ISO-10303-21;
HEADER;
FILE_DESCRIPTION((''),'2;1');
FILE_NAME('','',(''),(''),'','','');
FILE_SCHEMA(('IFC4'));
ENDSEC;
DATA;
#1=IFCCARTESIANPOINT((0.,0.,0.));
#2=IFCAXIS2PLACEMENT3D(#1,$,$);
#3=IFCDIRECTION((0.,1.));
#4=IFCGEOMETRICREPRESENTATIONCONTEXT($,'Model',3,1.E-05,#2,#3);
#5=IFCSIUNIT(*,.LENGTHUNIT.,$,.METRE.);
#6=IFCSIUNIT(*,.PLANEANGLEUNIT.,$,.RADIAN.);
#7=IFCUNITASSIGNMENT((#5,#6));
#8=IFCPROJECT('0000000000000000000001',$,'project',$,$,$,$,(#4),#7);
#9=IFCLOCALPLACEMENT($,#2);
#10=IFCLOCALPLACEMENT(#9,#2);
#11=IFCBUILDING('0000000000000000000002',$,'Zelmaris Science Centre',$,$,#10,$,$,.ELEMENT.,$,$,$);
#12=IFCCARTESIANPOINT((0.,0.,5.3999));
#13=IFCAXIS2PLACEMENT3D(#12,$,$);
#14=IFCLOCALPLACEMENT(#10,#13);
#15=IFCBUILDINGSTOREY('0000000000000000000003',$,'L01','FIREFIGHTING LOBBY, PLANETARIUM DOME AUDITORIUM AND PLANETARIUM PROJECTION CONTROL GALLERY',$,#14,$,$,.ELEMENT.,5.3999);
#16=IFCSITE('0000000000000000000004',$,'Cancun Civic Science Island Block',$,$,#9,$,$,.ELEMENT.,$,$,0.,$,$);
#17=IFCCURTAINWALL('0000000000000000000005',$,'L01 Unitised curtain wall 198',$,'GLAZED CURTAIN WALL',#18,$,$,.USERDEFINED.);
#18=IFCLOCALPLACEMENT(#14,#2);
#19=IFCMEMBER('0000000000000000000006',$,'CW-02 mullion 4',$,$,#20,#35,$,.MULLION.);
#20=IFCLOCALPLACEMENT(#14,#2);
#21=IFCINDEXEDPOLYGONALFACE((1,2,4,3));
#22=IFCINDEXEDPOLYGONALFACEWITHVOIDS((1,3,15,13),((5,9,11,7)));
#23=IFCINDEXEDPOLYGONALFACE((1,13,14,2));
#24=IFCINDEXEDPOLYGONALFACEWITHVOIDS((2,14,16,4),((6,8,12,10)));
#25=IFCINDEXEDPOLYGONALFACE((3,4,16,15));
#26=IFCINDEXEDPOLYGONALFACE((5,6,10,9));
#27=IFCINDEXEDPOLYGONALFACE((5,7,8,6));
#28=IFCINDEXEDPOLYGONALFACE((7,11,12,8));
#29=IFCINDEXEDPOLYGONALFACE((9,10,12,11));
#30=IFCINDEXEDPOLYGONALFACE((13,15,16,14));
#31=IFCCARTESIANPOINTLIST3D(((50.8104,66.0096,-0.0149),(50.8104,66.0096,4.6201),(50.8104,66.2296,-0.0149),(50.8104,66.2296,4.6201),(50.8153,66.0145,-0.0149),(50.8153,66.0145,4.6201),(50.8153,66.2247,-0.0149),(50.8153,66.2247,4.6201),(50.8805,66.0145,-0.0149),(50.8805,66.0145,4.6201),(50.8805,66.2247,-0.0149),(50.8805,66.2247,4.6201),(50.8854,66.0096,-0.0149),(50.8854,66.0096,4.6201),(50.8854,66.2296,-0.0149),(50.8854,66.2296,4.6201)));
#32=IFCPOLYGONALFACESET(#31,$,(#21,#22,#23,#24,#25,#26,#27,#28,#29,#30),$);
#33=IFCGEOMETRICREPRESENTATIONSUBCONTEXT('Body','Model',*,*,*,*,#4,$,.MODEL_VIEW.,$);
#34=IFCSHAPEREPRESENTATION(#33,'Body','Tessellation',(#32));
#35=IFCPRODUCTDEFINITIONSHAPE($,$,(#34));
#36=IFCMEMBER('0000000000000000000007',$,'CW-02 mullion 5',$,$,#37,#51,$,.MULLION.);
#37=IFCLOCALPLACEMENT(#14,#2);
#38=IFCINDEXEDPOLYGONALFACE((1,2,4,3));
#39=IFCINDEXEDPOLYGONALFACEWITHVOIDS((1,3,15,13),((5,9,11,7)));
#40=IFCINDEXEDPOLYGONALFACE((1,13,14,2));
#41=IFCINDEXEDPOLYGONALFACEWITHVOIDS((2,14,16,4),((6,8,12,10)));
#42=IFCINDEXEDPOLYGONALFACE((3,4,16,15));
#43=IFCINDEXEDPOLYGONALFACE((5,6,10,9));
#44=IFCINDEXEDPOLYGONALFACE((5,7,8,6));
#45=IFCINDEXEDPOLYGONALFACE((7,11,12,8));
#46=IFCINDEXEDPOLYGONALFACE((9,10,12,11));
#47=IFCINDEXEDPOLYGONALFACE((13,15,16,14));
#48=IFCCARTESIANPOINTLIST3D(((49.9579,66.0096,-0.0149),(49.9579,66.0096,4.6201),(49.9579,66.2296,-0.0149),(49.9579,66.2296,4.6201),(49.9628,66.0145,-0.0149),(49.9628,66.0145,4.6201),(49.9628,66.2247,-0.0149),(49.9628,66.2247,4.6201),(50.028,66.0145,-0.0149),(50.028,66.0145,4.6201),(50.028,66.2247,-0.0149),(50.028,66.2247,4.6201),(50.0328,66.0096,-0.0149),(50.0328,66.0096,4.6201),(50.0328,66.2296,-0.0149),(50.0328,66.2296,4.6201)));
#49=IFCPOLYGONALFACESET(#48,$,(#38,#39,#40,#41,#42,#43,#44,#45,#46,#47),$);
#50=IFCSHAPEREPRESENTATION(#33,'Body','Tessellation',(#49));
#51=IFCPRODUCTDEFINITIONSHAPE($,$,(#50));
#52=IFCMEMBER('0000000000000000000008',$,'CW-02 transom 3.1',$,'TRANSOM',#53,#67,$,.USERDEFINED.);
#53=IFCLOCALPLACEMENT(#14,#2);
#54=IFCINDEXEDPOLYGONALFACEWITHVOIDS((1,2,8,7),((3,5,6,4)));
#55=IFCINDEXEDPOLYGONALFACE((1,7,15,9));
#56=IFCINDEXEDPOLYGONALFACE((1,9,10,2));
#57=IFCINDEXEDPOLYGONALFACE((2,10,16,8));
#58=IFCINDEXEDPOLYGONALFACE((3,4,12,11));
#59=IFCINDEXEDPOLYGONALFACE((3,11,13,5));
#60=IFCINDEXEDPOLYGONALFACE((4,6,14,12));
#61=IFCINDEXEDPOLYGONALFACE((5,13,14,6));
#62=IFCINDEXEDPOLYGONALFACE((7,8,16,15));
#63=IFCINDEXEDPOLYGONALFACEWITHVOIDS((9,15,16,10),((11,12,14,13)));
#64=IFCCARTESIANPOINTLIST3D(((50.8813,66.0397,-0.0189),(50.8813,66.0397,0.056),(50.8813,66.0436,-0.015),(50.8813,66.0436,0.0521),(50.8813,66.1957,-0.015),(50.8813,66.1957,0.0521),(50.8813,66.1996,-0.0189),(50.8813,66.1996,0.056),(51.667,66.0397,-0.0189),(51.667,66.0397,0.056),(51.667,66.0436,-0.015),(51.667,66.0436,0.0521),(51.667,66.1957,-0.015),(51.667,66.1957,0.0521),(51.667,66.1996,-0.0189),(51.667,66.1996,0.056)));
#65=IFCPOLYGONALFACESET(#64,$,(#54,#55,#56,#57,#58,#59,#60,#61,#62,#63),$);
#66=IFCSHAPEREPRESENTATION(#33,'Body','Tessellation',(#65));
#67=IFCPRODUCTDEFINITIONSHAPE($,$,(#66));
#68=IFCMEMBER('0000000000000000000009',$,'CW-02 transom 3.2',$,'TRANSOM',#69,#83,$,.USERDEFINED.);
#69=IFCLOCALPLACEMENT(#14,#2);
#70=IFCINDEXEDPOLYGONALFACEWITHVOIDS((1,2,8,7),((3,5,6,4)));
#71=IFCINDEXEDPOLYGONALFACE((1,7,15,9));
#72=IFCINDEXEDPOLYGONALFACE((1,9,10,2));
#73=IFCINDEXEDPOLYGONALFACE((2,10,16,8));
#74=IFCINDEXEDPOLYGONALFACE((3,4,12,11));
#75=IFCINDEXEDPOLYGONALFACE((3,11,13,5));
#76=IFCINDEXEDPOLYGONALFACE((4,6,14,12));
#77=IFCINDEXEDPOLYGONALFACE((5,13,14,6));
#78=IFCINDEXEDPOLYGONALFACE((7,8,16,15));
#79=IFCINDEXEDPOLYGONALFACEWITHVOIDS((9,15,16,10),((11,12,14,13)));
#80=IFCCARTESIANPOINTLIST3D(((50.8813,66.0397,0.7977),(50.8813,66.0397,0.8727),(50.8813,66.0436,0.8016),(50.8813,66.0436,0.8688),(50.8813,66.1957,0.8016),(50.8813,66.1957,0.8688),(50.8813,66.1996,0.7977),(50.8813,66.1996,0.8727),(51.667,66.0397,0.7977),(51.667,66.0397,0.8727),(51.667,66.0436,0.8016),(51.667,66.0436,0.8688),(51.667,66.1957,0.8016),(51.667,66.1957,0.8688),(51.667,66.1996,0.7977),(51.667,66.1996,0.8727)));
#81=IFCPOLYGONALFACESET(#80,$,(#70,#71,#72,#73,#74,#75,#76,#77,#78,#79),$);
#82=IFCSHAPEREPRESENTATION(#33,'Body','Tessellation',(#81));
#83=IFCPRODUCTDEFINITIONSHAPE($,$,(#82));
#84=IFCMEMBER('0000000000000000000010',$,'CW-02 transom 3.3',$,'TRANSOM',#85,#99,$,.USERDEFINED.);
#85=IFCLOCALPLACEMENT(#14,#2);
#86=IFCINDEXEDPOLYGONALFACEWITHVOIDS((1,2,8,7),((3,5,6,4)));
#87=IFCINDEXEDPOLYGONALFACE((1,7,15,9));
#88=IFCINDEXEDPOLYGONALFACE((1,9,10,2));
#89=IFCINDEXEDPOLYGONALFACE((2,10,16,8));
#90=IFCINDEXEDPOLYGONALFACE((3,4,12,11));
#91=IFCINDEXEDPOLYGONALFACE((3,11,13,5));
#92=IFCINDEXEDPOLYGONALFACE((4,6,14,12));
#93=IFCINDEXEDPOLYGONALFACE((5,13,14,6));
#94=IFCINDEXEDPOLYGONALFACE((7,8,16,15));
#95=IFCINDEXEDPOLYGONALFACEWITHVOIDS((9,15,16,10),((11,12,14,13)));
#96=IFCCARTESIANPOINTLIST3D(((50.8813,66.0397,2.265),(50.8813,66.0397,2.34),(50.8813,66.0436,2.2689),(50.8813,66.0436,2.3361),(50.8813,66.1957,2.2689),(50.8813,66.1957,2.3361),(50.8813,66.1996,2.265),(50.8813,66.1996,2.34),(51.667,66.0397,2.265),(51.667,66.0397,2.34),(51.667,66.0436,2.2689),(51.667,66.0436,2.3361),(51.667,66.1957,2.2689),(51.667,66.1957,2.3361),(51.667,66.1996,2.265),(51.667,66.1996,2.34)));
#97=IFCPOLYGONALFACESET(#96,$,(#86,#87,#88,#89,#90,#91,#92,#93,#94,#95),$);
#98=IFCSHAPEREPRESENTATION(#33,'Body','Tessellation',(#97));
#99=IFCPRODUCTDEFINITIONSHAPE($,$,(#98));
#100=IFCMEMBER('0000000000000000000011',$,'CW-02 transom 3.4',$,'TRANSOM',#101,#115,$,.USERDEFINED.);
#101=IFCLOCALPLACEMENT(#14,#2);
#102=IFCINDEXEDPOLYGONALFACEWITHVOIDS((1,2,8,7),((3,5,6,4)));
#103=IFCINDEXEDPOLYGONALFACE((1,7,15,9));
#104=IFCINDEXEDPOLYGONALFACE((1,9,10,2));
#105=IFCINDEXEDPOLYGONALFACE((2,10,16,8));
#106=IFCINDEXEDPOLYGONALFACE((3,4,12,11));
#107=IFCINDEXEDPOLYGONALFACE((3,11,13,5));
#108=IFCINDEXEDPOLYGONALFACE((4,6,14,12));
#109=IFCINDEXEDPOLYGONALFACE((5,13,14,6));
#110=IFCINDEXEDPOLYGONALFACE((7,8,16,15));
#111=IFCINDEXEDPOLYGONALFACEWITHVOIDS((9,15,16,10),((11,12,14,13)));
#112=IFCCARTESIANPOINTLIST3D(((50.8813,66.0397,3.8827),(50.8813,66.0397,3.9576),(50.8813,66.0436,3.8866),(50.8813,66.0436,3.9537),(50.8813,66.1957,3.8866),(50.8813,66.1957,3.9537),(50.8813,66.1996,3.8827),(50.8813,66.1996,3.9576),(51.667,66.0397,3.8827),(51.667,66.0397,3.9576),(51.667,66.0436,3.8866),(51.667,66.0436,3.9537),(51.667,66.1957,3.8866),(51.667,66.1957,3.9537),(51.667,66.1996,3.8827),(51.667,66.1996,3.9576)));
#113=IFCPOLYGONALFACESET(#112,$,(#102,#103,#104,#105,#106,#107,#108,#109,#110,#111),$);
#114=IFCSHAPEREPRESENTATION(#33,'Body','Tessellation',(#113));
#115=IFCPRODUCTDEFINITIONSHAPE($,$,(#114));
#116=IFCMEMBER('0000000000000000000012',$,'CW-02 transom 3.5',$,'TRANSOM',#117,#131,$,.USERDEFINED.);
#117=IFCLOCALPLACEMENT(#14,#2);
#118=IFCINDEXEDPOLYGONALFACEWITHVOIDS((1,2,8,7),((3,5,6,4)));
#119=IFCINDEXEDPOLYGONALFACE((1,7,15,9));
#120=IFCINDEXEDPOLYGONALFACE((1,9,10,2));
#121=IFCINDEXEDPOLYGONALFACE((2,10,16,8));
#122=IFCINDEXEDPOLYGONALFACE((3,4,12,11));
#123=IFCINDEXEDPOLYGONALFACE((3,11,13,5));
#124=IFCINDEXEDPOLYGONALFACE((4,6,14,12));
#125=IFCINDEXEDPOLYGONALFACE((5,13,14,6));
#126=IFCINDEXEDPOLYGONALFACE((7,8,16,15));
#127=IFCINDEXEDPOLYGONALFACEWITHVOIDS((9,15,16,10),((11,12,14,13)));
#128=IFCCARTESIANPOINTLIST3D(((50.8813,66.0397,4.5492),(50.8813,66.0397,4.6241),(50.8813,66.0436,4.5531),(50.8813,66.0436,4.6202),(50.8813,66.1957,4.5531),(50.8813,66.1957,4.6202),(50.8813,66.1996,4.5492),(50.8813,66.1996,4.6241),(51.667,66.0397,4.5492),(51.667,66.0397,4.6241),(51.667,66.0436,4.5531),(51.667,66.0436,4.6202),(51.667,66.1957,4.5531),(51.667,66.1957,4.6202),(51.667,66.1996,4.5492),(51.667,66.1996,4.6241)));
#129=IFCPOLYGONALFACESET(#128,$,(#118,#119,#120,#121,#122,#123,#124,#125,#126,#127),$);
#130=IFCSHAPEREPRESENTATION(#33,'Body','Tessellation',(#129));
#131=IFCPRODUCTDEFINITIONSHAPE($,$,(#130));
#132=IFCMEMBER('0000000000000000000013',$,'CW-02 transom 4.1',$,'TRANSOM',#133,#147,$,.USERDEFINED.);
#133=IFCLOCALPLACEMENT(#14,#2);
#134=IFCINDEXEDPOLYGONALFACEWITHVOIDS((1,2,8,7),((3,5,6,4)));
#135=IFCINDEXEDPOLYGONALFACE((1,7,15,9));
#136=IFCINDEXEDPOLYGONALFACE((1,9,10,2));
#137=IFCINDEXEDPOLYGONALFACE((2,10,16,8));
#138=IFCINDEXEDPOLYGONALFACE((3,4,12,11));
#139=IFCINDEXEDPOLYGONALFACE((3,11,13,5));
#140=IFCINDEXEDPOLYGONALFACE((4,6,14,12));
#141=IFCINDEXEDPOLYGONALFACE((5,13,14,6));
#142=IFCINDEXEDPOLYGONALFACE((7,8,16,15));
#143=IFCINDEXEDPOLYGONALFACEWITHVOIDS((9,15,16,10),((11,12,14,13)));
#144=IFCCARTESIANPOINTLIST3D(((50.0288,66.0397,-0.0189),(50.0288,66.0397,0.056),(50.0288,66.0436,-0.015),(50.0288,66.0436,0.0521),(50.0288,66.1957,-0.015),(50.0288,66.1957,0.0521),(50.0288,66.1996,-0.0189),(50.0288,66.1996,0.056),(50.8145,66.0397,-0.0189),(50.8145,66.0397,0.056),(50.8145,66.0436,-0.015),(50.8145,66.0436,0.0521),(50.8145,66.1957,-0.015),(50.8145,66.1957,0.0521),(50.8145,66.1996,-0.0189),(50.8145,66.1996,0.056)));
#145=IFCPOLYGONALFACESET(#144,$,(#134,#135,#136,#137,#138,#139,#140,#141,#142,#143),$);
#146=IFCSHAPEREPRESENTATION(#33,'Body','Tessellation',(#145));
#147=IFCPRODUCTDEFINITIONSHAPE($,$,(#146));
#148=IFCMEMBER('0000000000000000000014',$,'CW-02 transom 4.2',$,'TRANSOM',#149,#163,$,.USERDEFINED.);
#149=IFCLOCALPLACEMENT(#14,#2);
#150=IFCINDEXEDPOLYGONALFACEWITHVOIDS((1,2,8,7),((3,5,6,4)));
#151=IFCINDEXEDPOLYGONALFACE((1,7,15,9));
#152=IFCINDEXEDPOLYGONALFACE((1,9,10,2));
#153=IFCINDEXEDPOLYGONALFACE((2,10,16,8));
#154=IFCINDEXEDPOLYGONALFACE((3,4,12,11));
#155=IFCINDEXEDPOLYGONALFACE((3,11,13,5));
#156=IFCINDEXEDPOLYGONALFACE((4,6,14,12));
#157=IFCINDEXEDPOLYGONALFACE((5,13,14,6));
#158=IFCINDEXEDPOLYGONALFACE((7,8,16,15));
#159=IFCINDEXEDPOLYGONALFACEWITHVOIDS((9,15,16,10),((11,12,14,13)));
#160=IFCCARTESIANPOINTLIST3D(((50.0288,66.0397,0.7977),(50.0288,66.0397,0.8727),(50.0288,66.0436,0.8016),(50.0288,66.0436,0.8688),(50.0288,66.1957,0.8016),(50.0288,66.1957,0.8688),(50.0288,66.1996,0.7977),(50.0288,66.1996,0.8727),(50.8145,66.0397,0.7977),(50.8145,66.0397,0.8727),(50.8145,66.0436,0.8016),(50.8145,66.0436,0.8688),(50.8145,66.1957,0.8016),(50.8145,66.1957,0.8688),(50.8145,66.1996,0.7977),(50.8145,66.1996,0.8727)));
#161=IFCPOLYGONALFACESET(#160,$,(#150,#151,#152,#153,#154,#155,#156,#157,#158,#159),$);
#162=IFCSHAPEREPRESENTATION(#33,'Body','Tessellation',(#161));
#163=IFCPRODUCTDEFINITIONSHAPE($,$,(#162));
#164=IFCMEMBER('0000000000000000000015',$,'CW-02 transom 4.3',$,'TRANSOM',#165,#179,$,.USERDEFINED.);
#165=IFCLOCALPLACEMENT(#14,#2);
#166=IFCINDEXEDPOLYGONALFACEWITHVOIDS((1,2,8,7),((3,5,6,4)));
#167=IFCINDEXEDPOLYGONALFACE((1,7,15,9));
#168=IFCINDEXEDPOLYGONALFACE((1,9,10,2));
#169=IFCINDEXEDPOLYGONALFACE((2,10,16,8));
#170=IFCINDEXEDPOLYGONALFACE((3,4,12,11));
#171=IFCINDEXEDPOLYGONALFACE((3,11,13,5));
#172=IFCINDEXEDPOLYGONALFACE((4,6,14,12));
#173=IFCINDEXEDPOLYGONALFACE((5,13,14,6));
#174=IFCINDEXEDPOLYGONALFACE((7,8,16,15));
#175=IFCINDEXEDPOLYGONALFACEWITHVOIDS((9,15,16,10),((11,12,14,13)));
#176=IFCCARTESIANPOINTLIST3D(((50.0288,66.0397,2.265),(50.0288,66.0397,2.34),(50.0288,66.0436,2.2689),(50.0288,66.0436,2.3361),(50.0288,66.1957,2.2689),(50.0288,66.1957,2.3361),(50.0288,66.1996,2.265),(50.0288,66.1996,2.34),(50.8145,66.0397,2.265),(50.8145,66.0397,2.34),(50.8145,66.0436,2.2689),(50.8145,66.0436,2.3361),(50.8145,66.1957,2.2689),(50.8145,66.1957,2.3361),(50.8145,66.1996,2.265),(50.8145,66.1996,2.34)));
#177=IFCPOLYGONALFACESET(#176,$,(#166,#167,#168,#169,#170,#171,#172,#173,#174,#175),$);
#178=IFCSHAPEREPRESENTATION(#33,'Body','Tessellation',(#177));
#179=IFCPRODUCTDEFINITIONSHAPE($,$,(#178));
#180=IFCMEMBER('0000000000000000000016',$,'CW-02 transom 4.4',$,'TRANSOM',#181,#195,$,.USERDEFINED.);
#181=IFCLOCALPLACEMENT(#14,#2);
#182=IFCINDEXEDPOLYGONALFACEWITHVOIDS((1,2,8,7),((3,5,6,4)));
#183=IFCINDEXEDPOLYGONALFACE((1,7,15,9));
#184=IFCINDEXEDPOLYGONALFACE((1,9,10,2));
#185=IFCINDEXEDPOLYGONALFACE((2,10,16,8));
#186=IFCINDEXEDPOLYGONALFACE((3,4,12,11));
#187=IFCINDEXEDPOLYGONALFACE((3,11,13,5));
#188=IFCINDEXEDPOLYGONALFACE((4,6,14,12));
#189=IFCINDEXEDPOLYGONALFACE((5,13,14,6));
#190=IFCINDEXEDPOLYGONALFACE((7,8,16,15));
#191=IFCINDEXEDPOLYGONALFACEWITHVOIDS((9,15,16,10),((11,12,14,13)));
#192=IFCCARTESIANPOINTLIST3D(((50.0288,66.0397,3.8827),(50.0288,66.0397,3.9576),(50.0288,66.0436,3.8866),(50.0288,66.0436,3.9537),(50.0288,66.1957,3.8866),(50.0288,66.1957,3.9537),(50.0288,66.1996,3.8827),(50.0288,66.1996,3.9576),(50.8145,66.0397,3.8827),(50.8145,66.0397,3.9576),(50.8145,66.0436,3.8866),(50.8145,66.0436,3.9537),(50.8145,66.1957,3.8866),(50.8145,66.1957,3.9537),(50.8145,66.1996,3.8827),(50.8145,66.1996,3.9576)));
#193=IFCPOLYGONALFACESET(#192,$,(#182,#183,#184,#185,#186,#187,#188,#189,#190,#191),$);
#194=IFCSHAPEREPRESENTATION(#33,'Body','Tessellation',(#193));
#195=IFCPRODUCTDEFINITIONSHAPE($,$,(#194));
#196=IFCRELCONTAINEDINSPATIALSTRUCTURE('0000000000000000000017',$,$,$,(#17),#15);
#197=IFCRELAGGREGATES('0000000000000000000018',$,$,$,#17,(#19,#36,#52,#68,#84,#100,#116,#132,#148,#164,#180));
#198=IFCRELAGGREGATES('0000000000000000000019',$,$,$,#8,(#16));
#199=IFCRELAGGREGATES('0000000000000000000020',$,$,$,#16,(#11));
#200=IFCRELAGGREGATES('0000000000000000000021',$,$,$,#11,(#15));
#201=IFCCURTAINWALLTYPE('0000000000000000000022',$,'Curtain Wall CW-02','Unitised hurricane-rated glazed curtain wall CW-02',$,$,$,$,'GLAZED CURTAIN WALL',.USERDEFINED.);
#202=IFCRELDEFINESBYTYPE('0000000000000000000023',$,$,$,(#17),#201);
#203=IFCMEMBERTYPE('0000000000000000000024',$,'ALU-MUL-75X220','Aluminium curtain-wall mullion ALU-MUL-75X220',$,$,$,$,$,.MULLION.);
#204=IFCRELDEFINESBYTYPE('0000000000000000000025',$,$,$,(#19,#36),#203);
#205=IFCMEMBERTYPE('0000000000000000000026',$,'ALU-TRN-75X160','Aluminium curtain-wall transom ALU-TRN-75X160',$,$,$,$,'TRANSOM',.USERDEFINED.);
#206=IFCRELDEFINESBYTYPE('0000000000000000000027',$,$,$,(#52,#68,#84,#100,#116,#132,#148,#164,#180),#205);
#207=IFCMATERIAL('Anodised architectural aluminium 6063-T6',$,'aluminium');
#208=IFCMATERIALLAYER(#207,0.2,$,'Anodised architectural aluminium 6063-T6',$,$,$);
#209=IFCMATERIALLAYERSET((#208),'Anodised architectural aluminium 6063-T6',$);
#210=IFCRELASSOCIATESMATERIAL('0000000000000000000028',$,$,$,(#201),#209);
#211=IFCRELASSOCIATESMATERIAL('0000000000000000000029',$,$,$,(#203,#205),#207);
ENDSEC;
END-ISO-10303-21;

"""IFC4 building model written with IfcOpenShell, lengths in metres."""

from ifc_helpers import new_model, si_unit, direction, frame, origin, origin_2d, place, context, subcontext, project, spatial, hollow_rectangle, extrude, material, layer, layer_set, material_profile, profile_set, type_object, element, aggregate, save


model = new_model("IFC4")

# Units and contexts
model_context = context("Model", 3, precision=1e-05, world=origin(), true_north=direction((0.0, 1.0)))
body_context = subcontext(model_context, "Body", "Model", "MODEL_VIEW")
ifc_project = project(units=[si_unit("LENGTHUNIT", "METRE"), si_unit("PLANEANGLEUNIT", "RADIAN")], contexts=[model_context])

# Site, building, storey
site_placement = place(None, origin())
site = spatial("IfcSite", under=ifc_project, at=site_placement, Name="Cancun Civic Science Island Block", CompositionType="ELEMENT", RefElevation=0.0)
building_placement = place(site_placement, origin())
building = spatial("IfcBuilding", under=site, at=building_placement, Name="Zelmaris Science Centre", CompositionType="ELEMENT")
storey_placement = place(building_placement, frame((0.0, 0.0, 5.3999)))
storey = spatial("IfcBuildingStorey", under=building, at=storey_placement, Name="L01", Description="FIREFIGHTING LOBBY, PLANETARIUM DOME AUDITORIUM AND PLANETARIUM PROJECTION CONTROL GALLERY", CompositionType="ELEMENT", Elevation=5.3999)

# Curtain wall, members
ifc_material_1 = material(Name="Anodised architectural aluminium 6063-T6", Category="aluminium")
ifc_layer_1 = layer(ifc_material_1, 0.2, Name="Anodised architectural aluminium 6063-T6")
ifc_layer_set_1 = layer_set([ifc_layer_1], Name="Anodised architectural aluminium 6063-T6")
curtain_wall_type = type_object("IfcCurtainWallType", Name="Curtain Wall CW-02", Description="Unitised hurricane-rated glazed curtain wall CW-02", ElementType="GLAZED CURTAIN WALL", PredefinedType="USERDEFINED", material=ifc_layer_set_1)
curtain_wall_placement = place(storey_placement, origin())
curtain_wall = element("IfcCurtainWall", 1, at=curtain_wall_placement, inside=storey, type_object=curtain_wall_type, Name="L01 Unitised curtain wall 198", ObjectType="GLAZED CURTAIN WALL", PredefinedType="USERDEFINED")
ifc_material_profile_1 = material_profile(ifc_material_1, hollow_rectangle(XDim=0.075, YDim=0.22, WallThickness=0.0049, at=origin_2d()), Name="ALU-MUL-75X220")
ifc_profile_set_1 = profile_set([ifc_material_profile_1], Name="Anodised architectural aluminium 6063-T6")
member_type_1 = type_object("IfcMemberType", Name="ALU-MUL-75X220", Description="Aluminium curtain-wall mullion ALU-MUL-75X220", PredefinedType="MULLION", material=ifc_profile_set_1)
member_1_placement = place(storey_placement, frame((50.8479, 66.1196, -0.0149), z_axis=(0.0, 0.0, 1.0), x_axis=(-1.0, 0.0, 0.0)))
member_1 = element("IfcMember", 2, at=member_1_placement, type_object=member_type_1, Name="CW-02 mullion 4", PredefinedType="MULLION", context=body_context, shape_type="SweptSolid", body=[
    extrude(hollow_rectangle(XDim=0.075, YDim=0.22, WallThickness=0.0049, at=origin_2d()), origin(), (0.0, 0.0, 1.0), 4.635),
])
member_2_placement = place(storey_placement, frame((49.9954, 66.1196, -0.0149), z_axis=(0.0, 0.0, 1.0), x_axis=(-1.0, 0.0, 0.0)))
member_2 = element("IfcMember", 3, at=member_2_placement, type_object=member_type_1, Name="CW-02 mullion 5", PredefinedType="MULLION", context=body_context, shape_type="SweptSolid", body=[
    extrude(hollow_rectangle(XDim=0.075, YDim=0.22, WallThickness=0.0049, at=origin_2d()), origin(), (0.0, 0.0, 1.0), 4.635),
])
ifc_material_profile_2 = material_profile(ifc_material_1, hollow_rectangle(XDim=0.075, YDim=0.1599, WallThickness=0.0039, at=origin_2d()), Name="ALU-TRN-75X160")
ifc_profile_set_2 = profile_set([ifc_material_profile_2], Name="Anodised architectural aluminium 6063-T6")
member_type_2 = type_object("IfcMemberType", Name="ALU-TRN-75X160", Description="Aluminium curtain-wall transom ALU-TRN-75X160", ElementType="TRANSOM", PredefinedType="USERDEFINED", material=ifc_profile_set_2)
member_3_placement = place(storey_placement, frame((51.667, 66.1196, 0.0186), z_axis=(-1.0, 0.0, 0.0), x_axis=(0.0, 0.0, 1.0)))
member_3 = element("IfcMember", 4, at=member_3_placement, type_object=member_type_2, Name="CW-02 transom 3.1", ObjectType="TRANSOM", PredefinedType="USERDEFINED", context=body_context, shape_type="SweptSolid", body=[
    extrude(hollow_rectangle(XDim=0.075, YDim=0.1599, WallThickness=0.0039, at=origin_2d()), origin(), (0.0, 0.0, 1.0), 0.7856),
])
member_4_placement = place(storey_placement, frame((51.667, 66.1196, 0.8352), z_axis=(-1.0, 0.0, 0.0), x_axis=(0.0, 0.0, 1.0)))
member_4 = element("IfcMember", 5, at=member_4_placement, type_object=member_type_2, Name="CW-02 transom 3.2", ObjectType="TRANSOM", PredefinedType="USERDEFINED", context=body_context, shape_type="SweptSolid", body=[
    extrude(hollow_rectangle(XDim=0.075, YDim=0.1599, WallThickness=0.0039, at=origin_2d()), origin(), (0.0, 0.0, 1.0), 0.7856),
])
member_5_placement = place(storey_placement, frame((51.667, 66.1196, 2.3025), z_axis=(-1.0, 0.0, 0.0), x_axis=(0.0, 0.0, 1.0)))
member_5 = element("IfcMember", 6, at=member_5_placement, type_object=member_type_2, Name="CW-02 transom 3.3", ObjectType="TRANSOM", PredefinedType="USERDEFINED", context=body_context, shape_type="SweptSolid", body=[
    extrude(hollow_rectangle(XDim=0.075, YDim=0.1599, WallThickness=0.0039, at=origin_2d()), origin(), (0.0, 0.0, 1.0), 0.7856),
])
member_6_placement = place(storey_placement, frame((51.667, 66.1196, 3.9202), z_axis=(-1.0, 0.0, 0.0), x_axis=(0.0, 0.0, 1.0)))
member_6 = element("IfcMember", 7, at=member_6_placement, type_object=member_type_2, Name="CW-02 transom 3.4", ObjectType="TRANSOM", PredefinedType="USERDEFINED", context=body_context, shape_type="SweptSolid", body=[
    extrude(hollow_rectangle(XDim=0.075, YDim=0.1599, WallThickness=0.0039, at=origin_2d()), origin(), (0.0, 0.0, 1.0), 0.7856),
])
member_7_placement = place(storey_placement, frame((51.667, 66.1196, 4.5867), z_axis=(-1.0, 0.0, 0.0), x_axis=(0.0, 0.0, 1.0)))
member_7 = element("IfcMember", 8, at=member_7_placement, type_object=member_type_2, Name="CW-02 transom 3.5", ObjectType="TRANSOM", PredefinedType="USERDEFINED", context=body_context, shape_type="SweptSolid", body=[
    extrude(hollow_rectangle(XDim=0.075, YDim=0.1599, WallThickness=0.0039, at=origin_2d()), origin(), (0.0, 0.0, 1.0), 0.7856),
])
member_8_placement = place(storey_placement, frame((50.8145, 66.1196, 0.0186), z_axis=(-1.0, 0.0, 0.0), x_axis=(0.0, 0.0, 1.0)))
member_8 = element("IfcMember", 9, at=member_8_placement, type_object=member_type_2, Name="CW-02 transom 4.1", ObjectType="TRANSOM", PredefinedType="USERDEFINED", context=body_context, shape_type="SweptSolid", body=[
    extrude(hollow_rectangle(XDim=0.075, YDim=0.1599, WallThickness=0.0039, at=origin_2d()), origin(), (0.0, 0.0, 1.0), 0.7856),
])
member_9_placement = place(storey_placement, frame((50.8145, 66.1196, 0.8352), z_axis=(-1.0, 0.0, 0.0), x_axis=(0.0, 0.0, 1.0)))
member_9 = element("IfcMember", 10, at=member_9_placement, type_object=member_type_2, Name="CW-02 transom 4.2", ObjectType="TRANSOM", PredefinedType="USERDEFINED", context=body_context, shape_type="SweptSolid", body=[
    extrude(hollow_rectangle(XDim=0.075, YDim=0.1599, WallThickness=0.0039, at=origin_2d()), origin(), (0.0, 0.0, 1.0), 0.7856),
])
member_10_placement = place(storey_placement, frame((50.8145, 66.1196, 2.3025), z_axis=(-1.0, 0.0, 0.0), x_axis=(0.0, 0.0, 1.0)))
member_10 = element("IfcMember", 11, at=member_10_placement, type_object=member_type_2, Name="CW-02 transom 4.3", ObjectType="TRANSOM", PredefinedType="USERDEFINED", context=body_context, shape_type="SweptSolid", body=[
    extrude(hollow_rectangle(XDim=0.075, YDim=0.1599, WallThickness=0.0039, at=origin_2d()), origin(), (0.0, 0.0, 1.0), 0.7856),
])
member_11_placement = place(storey_placement, frame((50.8145, 66.1196, 3.9202), z_axis=(-1.0, 0.0, 0.0), x_axis=(0.0, 0.0, 1.0)))
member_11 = element("IfcMember", 12, at=member_11_placement, type_object=member_type_2, Name="CW-02 transom 4.4", ObjectType="TRANSOM", PredefinedType="USERDEFINED", context=body_context, shape_type="SweptSolid", body=[
    extrude(hollow_rectangle(XDim=0.075, YDim=0.1599, WallThickness=0.0039, at=origin_2d()), origin(), (0.0, 0.0, 1.0), 0.7856),
])
aggregate(curtain_wall, [member_1, member_2, member_3, member_4, member_5, member_6, member_7, member_8, member_9, member_10, member_11])

save(model, "model.ifc")
